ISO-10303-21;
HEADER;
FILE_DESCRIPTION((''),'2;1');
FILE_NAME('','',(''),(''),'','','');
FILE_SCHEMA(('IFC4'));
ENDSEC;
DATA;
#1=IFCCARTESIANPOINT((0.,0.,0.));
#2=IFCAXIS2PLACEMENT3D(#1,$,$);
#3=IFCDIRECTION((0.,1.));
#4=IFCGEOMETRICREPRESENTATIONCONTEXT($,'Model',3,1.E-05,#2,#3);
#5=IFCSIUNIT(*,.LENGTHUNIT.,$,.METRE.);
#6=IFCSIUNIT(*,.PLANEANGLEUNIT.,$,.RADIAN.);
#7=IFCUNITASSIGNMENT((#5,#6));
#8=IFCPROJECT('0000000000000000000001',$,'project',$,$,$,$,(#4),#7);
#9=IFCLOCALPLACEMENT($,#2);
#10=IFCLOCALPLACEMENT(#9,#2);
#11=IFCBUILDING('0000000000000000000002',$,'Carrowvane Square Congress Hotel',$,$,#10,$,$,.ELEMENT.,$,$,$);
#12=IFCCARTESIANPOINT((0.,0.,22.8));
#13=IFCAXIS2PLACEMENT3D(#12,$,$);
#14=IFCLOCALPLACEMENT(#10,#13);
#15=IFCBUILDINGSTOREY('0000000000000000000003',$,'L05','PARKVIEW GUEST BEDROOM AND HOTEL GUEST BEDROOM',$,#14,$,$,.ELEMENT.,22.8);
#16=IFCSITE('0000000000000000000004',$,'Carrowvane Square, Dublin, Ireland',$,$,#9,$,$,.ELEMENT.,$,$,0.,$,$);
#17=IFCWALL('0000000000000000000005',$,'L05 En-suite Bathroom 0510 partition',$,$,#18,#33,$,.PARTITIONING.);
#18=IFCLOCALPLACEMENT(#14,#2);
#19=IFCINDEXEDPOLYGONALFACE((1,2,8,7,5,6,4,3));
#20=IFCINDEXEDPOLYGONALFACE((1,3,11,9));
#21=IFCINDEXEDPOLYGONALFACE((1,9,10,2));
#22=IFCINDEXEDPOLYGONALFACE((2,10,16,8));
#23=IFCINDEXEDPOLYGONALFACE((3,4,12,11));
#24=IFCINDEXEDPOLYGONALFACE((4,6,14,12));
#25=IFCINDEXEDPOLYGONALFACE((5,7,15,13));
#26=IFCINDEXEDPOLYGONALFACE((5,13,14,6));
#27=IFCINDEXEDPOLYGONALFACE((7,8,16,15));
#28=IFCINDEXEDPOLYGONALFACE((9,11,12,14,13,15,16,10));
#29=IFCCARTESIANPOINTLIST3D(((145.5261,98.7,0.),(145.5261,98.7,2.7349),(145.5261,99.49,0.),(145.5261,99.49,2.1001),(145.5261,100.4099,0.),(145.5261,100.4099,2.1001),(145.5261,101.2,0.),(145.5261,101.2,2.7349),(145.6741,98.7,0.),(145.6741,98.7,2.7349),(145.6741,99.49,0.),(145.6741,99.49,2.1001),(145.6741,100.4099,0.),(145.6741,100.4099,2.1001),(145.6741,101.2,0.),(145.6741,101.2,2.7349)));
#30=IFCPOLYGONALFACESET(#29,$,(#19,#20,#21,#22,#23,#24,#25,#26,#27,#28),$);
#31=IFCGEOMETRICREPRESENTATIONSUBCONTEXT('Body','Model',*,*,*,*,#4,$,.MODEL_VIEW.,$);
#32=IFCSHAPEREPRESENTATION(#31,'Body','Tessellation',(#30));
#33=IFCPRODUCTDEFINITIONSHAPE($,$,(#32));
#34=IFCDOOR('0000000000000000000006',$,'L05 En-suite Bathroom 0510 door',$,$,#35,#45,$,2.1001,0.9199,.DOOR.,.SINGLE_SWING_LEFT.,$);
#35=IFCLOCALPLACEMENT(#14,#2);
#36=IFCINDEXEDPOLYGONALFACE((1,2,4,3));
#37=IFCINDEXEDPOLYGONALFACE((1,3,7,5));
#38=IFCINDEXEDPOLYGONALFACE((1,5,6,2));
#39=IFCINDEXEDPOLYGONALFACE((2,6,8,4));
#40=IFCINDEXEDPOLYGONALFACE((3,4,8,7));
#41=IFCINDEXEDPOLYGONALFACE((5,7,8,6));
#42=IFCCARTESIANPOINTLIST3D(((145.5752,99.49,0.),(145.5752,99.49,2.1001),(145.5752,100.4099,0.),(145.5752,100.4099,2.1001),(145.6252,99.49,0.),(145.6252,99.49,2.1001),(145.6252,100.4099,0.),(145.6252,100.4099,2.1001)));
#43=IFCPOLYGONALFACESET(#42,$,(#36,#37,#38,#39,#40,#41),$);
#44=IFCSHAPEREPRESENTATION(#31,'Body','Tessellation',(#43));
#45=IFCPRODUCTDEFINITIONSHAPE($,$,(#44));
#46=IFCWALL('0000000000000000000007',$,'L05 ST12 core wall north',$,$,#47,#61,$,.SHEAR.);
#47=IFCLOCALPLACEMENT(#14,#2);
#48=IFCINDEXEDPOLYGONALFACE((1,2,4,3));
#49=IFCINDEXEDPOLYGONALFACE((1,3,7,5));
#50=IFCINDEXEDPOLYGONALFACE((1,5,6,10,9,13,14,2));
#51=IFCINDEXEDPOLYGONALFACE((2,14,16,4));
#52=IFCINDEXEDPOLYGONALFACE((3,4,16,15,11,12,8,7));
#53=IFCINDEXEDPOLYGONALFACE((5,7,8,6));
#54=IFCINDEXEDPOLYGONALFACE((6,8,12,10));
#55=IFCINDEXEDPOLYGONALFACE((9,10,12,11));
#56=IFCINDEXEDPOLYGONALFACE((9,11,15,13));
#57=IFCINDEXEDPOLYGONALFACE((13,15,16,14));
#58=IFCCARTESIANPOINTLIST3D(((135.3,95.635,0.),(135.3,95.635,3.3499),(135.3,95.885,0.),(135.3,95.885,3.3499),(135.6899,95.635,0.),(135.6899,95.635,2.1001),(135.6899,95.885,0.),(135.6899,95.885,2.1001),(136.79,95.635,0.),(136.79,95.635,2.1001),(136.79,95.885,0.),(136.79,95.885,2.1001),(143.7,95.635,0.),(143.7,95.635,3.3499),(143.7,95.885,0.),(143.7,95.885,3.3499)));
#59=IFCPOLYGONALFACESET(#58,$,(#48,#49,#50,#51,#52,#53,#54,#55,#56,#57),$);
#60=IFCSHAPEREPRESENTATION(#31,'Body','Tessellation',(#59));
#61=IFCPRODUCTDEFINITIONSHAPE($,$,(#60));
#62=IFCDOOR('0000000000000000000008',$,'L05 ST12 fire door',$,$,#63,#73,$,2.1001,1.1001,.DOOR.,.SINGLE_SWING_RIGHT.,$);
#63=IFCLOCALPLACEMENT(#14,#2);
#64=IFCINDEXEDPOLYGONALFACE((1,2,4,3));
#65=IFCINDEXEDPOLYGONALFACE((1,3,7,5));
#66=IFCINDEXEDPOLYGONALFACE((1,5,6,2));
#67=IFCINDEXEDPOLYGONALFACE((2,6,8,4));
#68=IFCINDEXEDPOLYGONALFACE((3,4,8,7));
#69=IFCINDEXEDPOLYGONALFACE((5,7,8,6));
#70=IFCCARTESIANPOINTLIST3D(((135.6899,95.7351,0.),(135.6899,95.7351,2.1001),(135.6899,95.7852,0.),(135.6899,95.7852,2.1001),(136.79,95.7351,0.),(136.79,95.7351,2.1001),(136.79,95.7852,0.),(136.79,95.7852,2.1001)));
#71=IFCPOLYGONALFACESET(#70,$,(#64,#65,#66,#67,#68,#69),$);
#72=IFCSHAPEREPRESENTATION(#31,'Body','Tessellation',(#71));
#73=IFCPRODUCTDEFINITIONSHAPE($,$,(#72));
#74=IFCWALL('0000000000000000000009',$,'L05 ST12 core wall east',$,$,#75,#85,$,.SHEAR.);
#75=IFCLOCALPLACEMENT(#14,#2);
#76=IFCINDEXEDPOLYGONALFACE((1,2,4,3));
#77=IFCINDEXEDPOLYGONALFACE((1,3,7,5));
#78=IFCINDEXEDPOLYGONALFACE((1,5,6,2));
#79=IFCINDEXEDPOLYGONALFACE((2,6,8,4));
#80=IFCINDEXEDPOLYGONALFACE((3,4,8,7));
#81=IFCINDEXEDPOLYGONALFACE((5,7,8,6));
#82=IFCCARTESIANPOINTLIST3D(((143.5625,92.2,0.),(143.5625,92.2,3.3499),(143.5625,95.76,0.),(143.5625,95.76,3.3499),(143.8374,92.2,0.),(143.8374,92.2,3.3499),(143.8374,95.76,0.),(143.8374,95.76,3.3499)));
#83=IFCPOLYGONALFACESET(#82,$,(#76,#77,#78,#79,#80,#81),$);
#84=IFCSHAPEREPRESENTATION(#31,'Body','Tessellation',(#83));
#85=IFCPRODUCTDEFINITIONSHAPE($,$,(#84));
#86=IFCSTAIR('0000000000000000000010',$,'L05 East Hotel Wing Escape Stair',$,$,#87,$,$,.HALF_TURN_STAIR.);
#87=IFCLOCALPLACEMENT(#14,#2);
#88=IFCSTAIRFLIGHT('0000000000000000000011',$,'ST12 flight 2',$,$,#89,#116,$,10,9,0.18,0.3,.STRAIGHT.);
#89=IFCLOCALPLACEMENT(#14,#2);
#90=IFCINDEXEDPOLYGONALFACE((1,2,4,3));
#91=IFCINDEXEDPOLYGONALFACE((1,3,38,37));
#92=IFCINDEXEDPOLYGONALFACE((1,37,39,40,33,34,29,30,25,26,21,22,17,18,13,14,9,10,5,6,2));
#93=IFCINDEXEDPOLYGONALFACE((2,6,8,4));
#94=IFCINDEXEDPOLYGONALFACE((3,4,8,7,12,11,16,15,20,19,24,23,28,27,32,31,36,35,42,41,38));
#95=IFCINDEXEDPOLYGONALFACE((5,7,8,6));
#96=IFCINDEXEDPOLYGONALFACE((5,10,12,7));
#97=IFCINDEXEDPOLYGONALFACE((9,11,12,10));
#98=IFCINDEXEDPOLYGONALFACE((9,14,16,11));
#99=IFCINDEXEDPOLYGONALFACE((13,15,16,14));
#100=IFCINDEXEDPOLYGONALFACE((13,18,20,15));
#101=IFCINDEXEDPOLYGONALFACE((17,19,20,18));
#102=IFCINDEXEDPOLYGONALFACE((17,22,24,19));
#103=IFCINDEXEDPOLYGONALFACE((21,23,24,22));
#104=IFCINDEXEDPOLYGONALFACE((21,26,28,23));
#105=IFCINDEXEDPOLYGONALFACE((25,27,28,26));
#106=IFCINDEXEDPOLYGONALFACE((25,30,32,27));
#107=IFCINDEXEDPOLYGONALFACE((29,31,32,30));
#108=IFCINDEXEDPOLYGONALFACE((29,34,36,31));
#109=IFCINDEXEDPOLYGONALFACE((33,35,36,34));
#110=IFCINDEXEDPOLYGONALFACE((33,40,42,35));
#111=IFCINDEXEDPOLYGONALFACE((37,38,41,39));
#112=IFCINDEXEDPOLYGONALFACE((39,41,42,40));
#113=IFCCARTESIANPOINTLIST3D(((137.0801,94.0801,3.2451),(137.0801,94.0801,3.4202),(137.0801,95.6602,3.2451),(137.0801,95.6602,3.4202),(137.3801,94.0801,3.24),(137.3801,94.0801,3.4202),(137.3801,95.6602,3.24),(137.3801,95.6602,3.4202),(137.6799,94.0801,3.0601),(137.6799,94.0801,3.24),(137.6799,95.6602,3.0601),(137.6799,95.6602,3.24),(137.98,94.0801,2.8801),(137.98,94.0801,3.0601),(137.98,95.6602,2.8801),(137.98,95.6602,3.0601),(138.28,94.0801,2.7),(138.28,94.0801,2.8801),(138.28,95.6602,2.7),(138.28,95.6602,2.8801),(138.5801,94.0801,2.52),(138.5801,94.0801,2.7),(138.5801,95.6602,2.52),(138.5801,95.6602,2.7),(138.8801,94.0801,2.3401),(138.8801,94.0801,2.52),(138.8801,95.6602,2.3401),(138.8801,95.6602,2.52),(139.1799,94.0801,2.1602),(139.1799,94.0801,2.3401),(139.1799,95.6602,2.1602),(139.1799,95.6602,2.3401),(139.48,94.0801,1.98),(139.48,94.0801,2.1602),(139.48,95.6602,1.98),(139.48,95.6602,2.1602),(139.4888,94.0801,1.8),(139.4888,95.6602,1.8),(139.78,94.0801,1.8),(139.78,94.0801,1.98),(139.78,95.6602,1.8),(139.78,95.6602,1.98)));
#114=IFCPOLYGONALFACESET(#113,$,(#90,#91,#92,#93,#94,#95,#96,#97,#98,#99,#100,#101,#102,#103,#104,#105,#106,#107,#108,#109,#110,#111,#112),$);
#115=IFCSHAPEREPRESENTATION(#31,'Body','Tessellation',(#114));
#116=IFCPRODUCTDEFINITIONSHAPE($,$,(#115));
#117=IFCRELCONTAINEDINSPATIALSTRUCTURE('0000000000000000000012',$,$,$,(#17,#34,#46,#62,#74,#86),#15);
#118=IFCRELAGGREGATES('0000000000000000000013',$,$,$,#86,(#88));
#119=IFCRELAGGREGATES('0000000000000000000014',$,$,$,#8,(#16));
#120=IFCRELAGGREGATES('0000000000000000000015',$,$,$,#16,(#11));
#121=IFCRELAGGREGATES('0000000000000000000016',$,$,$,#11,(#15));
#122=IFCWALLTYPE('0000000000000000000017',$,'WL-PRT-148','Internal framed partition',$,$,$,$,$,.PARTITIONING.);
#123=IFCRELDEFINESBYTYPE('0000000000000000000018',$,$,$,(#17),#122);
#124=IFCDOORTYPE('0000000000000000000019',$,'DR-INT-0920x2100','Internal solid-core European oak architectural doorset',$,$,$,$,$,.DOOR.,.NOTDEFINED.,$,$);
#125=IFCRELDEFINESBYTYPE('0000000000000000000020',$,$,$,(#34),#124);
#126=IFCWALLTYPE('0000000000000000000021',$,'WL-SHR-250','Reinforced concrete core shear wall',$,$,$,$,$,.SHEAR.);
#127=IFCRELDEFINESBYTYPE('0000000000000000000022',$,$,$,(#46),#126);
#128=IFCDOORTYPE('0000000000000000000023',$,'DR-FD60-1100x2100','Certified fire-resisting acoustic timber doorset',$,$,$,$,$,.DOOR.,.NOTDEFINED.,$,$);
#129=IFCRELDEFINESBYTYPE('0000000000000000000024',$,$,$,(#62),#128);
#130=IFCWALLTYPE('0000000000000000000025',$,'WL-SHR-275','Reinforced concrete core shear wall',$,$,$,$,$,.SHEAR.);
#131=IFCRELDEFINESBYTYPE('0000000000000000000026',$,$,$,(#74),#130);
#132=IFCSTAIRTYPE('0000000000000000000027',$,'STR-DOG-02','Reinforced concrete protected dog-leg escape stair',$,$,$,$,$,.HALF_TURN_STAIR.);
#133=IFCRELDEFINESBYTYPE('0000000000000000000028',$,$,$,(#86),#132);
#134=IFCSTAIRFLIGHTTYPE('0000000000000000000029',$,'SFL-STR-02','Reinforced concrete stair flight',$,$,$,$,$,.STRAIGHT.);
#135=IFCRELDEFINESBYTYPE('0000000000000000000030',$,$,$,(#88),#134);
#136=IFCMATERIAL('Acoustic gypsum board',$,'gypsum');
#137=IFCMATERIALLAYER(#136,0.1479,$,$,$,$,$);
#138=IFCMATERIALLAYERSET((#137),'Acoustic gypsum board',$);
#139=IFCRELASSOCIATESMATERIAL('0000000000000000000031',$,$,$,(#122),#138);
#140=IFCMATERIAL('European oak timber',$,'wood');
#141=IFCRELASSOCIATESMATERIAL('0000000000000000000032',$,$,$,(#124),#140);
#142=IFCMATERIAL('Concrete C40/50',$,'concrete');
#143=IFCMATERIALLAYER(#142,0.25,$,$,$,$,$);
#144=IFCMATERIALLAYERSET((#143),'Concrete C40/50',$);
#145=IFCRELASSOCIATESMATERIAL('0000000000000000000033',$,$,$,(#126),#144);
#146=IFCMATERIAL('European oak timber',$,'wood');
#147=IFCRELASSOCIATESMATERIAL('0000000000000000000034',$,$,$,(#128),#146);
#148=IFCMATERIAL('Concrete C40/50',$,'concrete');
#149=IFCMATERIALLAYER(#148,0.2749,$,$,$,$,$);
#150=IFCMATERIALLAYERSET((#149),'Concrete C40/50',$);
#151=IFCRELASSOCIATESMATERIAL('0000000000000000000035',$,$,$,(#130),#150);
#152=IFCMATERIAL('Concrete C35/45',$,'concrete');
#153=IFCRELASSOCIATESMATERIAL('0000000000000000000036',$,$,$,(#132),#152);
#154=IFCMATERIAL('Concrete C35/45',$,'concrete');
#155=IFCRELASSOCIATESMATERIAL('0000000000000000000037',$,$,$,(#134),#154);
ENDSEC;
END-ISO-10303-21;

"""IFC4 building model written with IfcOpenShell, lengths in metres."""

from ifc_helpers import new_model, si_unit, direction, frame, frame_2d, origin, place, context, subcontext, project, spatial, polyline, rectangle, outline, extrude, material, layer, layer_set, type_object, element, fill, aggregate, save


model = new_model("IFC4")

# Units and contexts
model_context = context("Model", 3, precision=1e-05, world=origin(), true_north=direction((0.0, 1.0)))
body_context = subcontext(model_context, "Body", "Model", "MODEL_VIEW")
ifc_project = project(units=[si_unit("LENGTHUNIT", "METRE"), si_unit("PLANEANGLEUNIT", "RADIAN")], contexts=[model_context])

# Site, building, storey
site_placement = place(None, origin())
site = spatial("IfcSite", under=ifc_project, at=site_placement, Name="Carrowvane Square, Dublin, Ireland", CompositionType="ELEMENT", RefElevation=0.0)
building_placement = place(site_placement, origin())
building = spatial("IfcBuilding", under=site, at=building_placement, Name="Carrowvane Square Congress Hotel", CompositionType="ELEMENT")
storey_placement = place(building_placement, frame((0.0, 0.0, 22.8)))
storey = spatial("IfcBuildingStorey", under=building, at=storey_placement, Name="L05", Description="PARKVIEW GUEST BEDROOM AND HOTEL GUEST BEDROOM", CompositionType="ELEMENT", Elevation=22.8)

# Walls, openings, doors
ifc_material_1 = material(Name="Acoustic gypsum board", Category="gypsum")
ifc_layer_1 = layer(ifc_material_1, 0.1479)
ifc_layer_set_1 = layer_set([ifc_layer_1], Name="Acoustic gypsum board")
wall_type_1 = type_object("IfcWallType", Name="WL-PRT-148", Description="Internal framed partition", PredefinedType="PARTITIONING", material=ifc_layer_set_1)
wall_1_placement = place(storey_placement, frame((145.6001, 98.7, 0.0), z_axis=(0.0, 0.0, 1.0), x_axis=(0.0, 1.0, 0.0)))
wall_1 = element("IfcWall", 1, at=wall_1_placement, inside=storey, type_object=wall_type_1, Name="L05 En-suite Bathroom 0510 partition", PredefinedType="PARTITIONING", context=body_context, shape_type="SweptSolid", body=[
    extrude(rectangle(XDim=2.5, YDim=0.1479, at=frame_2d((1.25, 0.0))), origin(), (0.0, 0.0, 1.0), 2.7349),
])
opening_1_placement = place(wall_1_placement, frame((0.79, 0.0, 0.0)))
opening_1 = element("IfcOpeningElement", 2, at=opening_1_placement, cuts=wall_1, PredefinedType="OPENING", context=body_context, shape_type="SweptSolid", body=[
    extrude(rectangle(XDim=0.9199, YDim=2.1001, at=frame_2d((0.46, 1.05))), frame((0.0, 0.084, 0.0), z_axis=(0.0, -1.0, 0.0), x_axis=(1.0, 0.0, 0.0)), (0.0, 0.0, 1.0), 0.168),
])
ifc_material_2 = material(Name="European oak timber", Category="wood")
door_type_1 = type_object("IfcDoorType", Name="DR-INT-0920x2100", Description="Internal solid-core European oak architectural doorset", OperationType="NOTDEFINED", PredefinedType="DOOR", material=ifc_material_2)
door_1_placement = place(opening_1_placement, origin())
door_1 = element("IfcDoor", 3, at=door_1_placement, inside=storey, type_object=door_type_1, Name="L05 En-suite Bathroom 0510 door", OperationType="SINGLE_SWING_LEFT", OverallHeight=2.1001, OverallWidth=0.9199, PredefinedType="DOOR", context=body_context, shape_type="SweptSolid", body=[
    extrude(rectangle(XDim=0.9199, YDim=2.1001, at=frame_2d((0.46, 1.05))), frame((0.0, 0.0249, 0.0), z_axis=(0.0, -1.0, 0.0), x_axis=(1.0, 0.0, 0.0)), (0.0, 0.0, 1.0), 0.05),
])
fill(opening_1, door_1)
ifc_material_3 = material(Name="Concrete C40/50", Category="concrete")
ifc_layer_2 = layer(ifc_material_3, 0.25)
ifc_layer_set_2 = layer_set([ifc_layer_2], Name="Concrete C40/50")
wall_type_2 = type_object("IfcWallType", Name="WL-SHR-250", Description="Reinforced concrete core shear wall", PredefinedType="SHEAR", material=ifc_layer_set_2)
wall_2_placement = place(storey_placement, frame((143.7, 95.76, 0.0), z_axis=(0.0, 0.0, 1.0), x_axis=(-1.0, 0.0, 0.0)))
wall_2 = element("IfcWall", 4, at=wall_2_placement, inside=storey, type_object=wall_type_2, Name="L05 ST12 core wall north", PredefinedType="SHEAR", context=body_context, shape_type="SweptSolid", body=[
    extrude(rectangle(XDim=8.3999, YDim=0.25, at=frame_2d((4.2, 0.0))), origin(), (0.0, 0.0, 1.0), 3.3499),
])
opening_2_placement = place(wall_2_placement, frame((6.9099, 0.0, 0.0)))
opening_2 = element("IfcOpeningElement", 5, at=opening_2_placement, cuts=wall_2, PredefinedType="OPENING", context=body_context, shape_type="SweptSolid", body=[
    extrude(rectangle(XDim=1.1001, YDim=2.1001, at=frame_2d((0.55, 1.05))), frame((0.0, 0.135, 0.0), z_axis=(0.0, -1.0, 0.0), x_axis=(1.0, 0.0, 0.0)), (0.0, 0.0, 1.0), 0.27),
])
ifc_material_4 = material(Name="European oak timber", Category="wood")
door_type_2 = type_object("IfcDoorType", Name="DR-FD60-1100x2100", Description="Certified fire-resisting acoustic timber doorset", OperationType="NOTDEFINED", PredefinedType="DOOR", material=ifc_material_4)
door_2_placement = place(opening_2_placement, origin())
door_2 = element("IfcDoor", 6, at=door_2_placement, inside=storey, type_object=door_type_2, Name="L05 ST12 fire door", OperationType="SINGLE_SWING_RIGHT", OverallHeight=2.1001, OverallWidth=1.1001, PredefinedType="DOOR", context=body_context, shape_type="SweptSolid", body=[
    extrude(rectangle(XDim=1.1001, YDim=2.1001, at=frame_2d((0.55, 1.05))), frame((0.0, 0.0249, 0.0), z_axis=(0.0, -1.0, 0.0), x_axis=(1.0, 0.0, 0.0)), (0.0, 0.0, 1.0), 0.05),
])
fill(opening_2, door_2)

# Wall
ifc_material_5 = material(Name="Concrete C40/50", Category="concrete")
ifc_layer_3 = layer(ifc_material_5, 0.2749)
ifc_layer_set_3 = layer_set([ifc_layer_3], Name="Concrete C40/50")
wall_type_3 = type_object("IfcWallType", Name="WL-SHR-275", Description="Reinforced concrete core shear wall", PredefinedType="SHEAR", material=ifc_layer_set_3)
wall_3_placement = place(storey_placement, frame((143.7, 92.2, 0.0), z_axis=(0.0, 0.0, 1.0), x_axis=(0.0, 1.0, 0.0)))
element("IfcWall", 7, at=wall_3_placement, inside=storey, type_object=wall_type_3, Name="L05 ST12 core wall east", PredefinedType="SHEAR", context=body_context, shape_type="SweptSolid", body=[
    extrude(rectangle(XDim=3.5601, YDim=0.2749, at=frame_2d((1.78, 0.0))), origin(), (0.0, 0.0, 1.0), 3.3499),
])

# Stair, stair flight
ifc_material_6 = material(Name="Concrete C35/45", Category="concrete")
stair_type = type_object("IfcStairType", Name="STR-DOG-02", Description="Reinforced concrete protected dog-leg escape stair", PredefinedType="HALF_TURN_STAIR", material=ifc_material_6)
stair_placement = place(storey_placement, origin())
stair = element("IfcStair", 8, at=stair_placement, inside=storey, type_object=stair_type, Name="L05 East Hotel Wing Escape Stair", PredefinedType="HALF_TURN_STAIR")
ifc_material_7 = material(Name="Concrete C35/45", Category="concrete")
stair_flight_type = type_object("IfcStairFlightType", Name="SFL-STR-02", Description="Reinforced concrete stair flight", PredefinedType="STRAIGHT", material=ifc_material_7)
stair_flight_placement = place(storey_placement, frame((139.78, 94.8701, 1.8), z_axis=(0.0, 0.0, 1.0), x_axis=(-1.0, 0.0, 0.0)))
stair_flight = element("IfcStairFlight", 9, at=stair_flight_placement, type_object=stair_flight_type, Name="ST12 flight 2", NumberOfRisers=10, NumberOfTreads=9, PredefinedType="STRAIGHT", RiserHeight=0.18, TreadLength=0.3, context=body_context, shape_type="SweptSolid", body=[
    extrude(outline(polyline([(0.0, 0.0), (0.0, 0.1799), (0.3, 0.1799), (0.3, 0.3601), (0.6001, 0.3601), (0.6001, 0.54), (0.8999, 0.54), (0.8999, 0.72), (1.2, 0.72), (1.2, 0.8999), (1.5, 0.8999), (1.5, 1.0801), (1.8, 1.0801), (1.8, 1.26), (2.1001, 1.26), (2.1001, 1.4399), (2.3999, 1.4399), (2.3999, 1.6201), (2.7, 1.6201), (2.7, 1.8), (2.7, 1.4451), (0.2913, 0.0), (0.0, 0.0)])), frame((0.0, 0.79, 0.0), z_axis=(0.0, -1.0, 0.0), x_axis=(1.0, 0.0, 0.0)), (0.0, 0.0, 1.0), 1.5801),
])
aggregate(stair, [stair_flight])

save(model, "model.ifc")
